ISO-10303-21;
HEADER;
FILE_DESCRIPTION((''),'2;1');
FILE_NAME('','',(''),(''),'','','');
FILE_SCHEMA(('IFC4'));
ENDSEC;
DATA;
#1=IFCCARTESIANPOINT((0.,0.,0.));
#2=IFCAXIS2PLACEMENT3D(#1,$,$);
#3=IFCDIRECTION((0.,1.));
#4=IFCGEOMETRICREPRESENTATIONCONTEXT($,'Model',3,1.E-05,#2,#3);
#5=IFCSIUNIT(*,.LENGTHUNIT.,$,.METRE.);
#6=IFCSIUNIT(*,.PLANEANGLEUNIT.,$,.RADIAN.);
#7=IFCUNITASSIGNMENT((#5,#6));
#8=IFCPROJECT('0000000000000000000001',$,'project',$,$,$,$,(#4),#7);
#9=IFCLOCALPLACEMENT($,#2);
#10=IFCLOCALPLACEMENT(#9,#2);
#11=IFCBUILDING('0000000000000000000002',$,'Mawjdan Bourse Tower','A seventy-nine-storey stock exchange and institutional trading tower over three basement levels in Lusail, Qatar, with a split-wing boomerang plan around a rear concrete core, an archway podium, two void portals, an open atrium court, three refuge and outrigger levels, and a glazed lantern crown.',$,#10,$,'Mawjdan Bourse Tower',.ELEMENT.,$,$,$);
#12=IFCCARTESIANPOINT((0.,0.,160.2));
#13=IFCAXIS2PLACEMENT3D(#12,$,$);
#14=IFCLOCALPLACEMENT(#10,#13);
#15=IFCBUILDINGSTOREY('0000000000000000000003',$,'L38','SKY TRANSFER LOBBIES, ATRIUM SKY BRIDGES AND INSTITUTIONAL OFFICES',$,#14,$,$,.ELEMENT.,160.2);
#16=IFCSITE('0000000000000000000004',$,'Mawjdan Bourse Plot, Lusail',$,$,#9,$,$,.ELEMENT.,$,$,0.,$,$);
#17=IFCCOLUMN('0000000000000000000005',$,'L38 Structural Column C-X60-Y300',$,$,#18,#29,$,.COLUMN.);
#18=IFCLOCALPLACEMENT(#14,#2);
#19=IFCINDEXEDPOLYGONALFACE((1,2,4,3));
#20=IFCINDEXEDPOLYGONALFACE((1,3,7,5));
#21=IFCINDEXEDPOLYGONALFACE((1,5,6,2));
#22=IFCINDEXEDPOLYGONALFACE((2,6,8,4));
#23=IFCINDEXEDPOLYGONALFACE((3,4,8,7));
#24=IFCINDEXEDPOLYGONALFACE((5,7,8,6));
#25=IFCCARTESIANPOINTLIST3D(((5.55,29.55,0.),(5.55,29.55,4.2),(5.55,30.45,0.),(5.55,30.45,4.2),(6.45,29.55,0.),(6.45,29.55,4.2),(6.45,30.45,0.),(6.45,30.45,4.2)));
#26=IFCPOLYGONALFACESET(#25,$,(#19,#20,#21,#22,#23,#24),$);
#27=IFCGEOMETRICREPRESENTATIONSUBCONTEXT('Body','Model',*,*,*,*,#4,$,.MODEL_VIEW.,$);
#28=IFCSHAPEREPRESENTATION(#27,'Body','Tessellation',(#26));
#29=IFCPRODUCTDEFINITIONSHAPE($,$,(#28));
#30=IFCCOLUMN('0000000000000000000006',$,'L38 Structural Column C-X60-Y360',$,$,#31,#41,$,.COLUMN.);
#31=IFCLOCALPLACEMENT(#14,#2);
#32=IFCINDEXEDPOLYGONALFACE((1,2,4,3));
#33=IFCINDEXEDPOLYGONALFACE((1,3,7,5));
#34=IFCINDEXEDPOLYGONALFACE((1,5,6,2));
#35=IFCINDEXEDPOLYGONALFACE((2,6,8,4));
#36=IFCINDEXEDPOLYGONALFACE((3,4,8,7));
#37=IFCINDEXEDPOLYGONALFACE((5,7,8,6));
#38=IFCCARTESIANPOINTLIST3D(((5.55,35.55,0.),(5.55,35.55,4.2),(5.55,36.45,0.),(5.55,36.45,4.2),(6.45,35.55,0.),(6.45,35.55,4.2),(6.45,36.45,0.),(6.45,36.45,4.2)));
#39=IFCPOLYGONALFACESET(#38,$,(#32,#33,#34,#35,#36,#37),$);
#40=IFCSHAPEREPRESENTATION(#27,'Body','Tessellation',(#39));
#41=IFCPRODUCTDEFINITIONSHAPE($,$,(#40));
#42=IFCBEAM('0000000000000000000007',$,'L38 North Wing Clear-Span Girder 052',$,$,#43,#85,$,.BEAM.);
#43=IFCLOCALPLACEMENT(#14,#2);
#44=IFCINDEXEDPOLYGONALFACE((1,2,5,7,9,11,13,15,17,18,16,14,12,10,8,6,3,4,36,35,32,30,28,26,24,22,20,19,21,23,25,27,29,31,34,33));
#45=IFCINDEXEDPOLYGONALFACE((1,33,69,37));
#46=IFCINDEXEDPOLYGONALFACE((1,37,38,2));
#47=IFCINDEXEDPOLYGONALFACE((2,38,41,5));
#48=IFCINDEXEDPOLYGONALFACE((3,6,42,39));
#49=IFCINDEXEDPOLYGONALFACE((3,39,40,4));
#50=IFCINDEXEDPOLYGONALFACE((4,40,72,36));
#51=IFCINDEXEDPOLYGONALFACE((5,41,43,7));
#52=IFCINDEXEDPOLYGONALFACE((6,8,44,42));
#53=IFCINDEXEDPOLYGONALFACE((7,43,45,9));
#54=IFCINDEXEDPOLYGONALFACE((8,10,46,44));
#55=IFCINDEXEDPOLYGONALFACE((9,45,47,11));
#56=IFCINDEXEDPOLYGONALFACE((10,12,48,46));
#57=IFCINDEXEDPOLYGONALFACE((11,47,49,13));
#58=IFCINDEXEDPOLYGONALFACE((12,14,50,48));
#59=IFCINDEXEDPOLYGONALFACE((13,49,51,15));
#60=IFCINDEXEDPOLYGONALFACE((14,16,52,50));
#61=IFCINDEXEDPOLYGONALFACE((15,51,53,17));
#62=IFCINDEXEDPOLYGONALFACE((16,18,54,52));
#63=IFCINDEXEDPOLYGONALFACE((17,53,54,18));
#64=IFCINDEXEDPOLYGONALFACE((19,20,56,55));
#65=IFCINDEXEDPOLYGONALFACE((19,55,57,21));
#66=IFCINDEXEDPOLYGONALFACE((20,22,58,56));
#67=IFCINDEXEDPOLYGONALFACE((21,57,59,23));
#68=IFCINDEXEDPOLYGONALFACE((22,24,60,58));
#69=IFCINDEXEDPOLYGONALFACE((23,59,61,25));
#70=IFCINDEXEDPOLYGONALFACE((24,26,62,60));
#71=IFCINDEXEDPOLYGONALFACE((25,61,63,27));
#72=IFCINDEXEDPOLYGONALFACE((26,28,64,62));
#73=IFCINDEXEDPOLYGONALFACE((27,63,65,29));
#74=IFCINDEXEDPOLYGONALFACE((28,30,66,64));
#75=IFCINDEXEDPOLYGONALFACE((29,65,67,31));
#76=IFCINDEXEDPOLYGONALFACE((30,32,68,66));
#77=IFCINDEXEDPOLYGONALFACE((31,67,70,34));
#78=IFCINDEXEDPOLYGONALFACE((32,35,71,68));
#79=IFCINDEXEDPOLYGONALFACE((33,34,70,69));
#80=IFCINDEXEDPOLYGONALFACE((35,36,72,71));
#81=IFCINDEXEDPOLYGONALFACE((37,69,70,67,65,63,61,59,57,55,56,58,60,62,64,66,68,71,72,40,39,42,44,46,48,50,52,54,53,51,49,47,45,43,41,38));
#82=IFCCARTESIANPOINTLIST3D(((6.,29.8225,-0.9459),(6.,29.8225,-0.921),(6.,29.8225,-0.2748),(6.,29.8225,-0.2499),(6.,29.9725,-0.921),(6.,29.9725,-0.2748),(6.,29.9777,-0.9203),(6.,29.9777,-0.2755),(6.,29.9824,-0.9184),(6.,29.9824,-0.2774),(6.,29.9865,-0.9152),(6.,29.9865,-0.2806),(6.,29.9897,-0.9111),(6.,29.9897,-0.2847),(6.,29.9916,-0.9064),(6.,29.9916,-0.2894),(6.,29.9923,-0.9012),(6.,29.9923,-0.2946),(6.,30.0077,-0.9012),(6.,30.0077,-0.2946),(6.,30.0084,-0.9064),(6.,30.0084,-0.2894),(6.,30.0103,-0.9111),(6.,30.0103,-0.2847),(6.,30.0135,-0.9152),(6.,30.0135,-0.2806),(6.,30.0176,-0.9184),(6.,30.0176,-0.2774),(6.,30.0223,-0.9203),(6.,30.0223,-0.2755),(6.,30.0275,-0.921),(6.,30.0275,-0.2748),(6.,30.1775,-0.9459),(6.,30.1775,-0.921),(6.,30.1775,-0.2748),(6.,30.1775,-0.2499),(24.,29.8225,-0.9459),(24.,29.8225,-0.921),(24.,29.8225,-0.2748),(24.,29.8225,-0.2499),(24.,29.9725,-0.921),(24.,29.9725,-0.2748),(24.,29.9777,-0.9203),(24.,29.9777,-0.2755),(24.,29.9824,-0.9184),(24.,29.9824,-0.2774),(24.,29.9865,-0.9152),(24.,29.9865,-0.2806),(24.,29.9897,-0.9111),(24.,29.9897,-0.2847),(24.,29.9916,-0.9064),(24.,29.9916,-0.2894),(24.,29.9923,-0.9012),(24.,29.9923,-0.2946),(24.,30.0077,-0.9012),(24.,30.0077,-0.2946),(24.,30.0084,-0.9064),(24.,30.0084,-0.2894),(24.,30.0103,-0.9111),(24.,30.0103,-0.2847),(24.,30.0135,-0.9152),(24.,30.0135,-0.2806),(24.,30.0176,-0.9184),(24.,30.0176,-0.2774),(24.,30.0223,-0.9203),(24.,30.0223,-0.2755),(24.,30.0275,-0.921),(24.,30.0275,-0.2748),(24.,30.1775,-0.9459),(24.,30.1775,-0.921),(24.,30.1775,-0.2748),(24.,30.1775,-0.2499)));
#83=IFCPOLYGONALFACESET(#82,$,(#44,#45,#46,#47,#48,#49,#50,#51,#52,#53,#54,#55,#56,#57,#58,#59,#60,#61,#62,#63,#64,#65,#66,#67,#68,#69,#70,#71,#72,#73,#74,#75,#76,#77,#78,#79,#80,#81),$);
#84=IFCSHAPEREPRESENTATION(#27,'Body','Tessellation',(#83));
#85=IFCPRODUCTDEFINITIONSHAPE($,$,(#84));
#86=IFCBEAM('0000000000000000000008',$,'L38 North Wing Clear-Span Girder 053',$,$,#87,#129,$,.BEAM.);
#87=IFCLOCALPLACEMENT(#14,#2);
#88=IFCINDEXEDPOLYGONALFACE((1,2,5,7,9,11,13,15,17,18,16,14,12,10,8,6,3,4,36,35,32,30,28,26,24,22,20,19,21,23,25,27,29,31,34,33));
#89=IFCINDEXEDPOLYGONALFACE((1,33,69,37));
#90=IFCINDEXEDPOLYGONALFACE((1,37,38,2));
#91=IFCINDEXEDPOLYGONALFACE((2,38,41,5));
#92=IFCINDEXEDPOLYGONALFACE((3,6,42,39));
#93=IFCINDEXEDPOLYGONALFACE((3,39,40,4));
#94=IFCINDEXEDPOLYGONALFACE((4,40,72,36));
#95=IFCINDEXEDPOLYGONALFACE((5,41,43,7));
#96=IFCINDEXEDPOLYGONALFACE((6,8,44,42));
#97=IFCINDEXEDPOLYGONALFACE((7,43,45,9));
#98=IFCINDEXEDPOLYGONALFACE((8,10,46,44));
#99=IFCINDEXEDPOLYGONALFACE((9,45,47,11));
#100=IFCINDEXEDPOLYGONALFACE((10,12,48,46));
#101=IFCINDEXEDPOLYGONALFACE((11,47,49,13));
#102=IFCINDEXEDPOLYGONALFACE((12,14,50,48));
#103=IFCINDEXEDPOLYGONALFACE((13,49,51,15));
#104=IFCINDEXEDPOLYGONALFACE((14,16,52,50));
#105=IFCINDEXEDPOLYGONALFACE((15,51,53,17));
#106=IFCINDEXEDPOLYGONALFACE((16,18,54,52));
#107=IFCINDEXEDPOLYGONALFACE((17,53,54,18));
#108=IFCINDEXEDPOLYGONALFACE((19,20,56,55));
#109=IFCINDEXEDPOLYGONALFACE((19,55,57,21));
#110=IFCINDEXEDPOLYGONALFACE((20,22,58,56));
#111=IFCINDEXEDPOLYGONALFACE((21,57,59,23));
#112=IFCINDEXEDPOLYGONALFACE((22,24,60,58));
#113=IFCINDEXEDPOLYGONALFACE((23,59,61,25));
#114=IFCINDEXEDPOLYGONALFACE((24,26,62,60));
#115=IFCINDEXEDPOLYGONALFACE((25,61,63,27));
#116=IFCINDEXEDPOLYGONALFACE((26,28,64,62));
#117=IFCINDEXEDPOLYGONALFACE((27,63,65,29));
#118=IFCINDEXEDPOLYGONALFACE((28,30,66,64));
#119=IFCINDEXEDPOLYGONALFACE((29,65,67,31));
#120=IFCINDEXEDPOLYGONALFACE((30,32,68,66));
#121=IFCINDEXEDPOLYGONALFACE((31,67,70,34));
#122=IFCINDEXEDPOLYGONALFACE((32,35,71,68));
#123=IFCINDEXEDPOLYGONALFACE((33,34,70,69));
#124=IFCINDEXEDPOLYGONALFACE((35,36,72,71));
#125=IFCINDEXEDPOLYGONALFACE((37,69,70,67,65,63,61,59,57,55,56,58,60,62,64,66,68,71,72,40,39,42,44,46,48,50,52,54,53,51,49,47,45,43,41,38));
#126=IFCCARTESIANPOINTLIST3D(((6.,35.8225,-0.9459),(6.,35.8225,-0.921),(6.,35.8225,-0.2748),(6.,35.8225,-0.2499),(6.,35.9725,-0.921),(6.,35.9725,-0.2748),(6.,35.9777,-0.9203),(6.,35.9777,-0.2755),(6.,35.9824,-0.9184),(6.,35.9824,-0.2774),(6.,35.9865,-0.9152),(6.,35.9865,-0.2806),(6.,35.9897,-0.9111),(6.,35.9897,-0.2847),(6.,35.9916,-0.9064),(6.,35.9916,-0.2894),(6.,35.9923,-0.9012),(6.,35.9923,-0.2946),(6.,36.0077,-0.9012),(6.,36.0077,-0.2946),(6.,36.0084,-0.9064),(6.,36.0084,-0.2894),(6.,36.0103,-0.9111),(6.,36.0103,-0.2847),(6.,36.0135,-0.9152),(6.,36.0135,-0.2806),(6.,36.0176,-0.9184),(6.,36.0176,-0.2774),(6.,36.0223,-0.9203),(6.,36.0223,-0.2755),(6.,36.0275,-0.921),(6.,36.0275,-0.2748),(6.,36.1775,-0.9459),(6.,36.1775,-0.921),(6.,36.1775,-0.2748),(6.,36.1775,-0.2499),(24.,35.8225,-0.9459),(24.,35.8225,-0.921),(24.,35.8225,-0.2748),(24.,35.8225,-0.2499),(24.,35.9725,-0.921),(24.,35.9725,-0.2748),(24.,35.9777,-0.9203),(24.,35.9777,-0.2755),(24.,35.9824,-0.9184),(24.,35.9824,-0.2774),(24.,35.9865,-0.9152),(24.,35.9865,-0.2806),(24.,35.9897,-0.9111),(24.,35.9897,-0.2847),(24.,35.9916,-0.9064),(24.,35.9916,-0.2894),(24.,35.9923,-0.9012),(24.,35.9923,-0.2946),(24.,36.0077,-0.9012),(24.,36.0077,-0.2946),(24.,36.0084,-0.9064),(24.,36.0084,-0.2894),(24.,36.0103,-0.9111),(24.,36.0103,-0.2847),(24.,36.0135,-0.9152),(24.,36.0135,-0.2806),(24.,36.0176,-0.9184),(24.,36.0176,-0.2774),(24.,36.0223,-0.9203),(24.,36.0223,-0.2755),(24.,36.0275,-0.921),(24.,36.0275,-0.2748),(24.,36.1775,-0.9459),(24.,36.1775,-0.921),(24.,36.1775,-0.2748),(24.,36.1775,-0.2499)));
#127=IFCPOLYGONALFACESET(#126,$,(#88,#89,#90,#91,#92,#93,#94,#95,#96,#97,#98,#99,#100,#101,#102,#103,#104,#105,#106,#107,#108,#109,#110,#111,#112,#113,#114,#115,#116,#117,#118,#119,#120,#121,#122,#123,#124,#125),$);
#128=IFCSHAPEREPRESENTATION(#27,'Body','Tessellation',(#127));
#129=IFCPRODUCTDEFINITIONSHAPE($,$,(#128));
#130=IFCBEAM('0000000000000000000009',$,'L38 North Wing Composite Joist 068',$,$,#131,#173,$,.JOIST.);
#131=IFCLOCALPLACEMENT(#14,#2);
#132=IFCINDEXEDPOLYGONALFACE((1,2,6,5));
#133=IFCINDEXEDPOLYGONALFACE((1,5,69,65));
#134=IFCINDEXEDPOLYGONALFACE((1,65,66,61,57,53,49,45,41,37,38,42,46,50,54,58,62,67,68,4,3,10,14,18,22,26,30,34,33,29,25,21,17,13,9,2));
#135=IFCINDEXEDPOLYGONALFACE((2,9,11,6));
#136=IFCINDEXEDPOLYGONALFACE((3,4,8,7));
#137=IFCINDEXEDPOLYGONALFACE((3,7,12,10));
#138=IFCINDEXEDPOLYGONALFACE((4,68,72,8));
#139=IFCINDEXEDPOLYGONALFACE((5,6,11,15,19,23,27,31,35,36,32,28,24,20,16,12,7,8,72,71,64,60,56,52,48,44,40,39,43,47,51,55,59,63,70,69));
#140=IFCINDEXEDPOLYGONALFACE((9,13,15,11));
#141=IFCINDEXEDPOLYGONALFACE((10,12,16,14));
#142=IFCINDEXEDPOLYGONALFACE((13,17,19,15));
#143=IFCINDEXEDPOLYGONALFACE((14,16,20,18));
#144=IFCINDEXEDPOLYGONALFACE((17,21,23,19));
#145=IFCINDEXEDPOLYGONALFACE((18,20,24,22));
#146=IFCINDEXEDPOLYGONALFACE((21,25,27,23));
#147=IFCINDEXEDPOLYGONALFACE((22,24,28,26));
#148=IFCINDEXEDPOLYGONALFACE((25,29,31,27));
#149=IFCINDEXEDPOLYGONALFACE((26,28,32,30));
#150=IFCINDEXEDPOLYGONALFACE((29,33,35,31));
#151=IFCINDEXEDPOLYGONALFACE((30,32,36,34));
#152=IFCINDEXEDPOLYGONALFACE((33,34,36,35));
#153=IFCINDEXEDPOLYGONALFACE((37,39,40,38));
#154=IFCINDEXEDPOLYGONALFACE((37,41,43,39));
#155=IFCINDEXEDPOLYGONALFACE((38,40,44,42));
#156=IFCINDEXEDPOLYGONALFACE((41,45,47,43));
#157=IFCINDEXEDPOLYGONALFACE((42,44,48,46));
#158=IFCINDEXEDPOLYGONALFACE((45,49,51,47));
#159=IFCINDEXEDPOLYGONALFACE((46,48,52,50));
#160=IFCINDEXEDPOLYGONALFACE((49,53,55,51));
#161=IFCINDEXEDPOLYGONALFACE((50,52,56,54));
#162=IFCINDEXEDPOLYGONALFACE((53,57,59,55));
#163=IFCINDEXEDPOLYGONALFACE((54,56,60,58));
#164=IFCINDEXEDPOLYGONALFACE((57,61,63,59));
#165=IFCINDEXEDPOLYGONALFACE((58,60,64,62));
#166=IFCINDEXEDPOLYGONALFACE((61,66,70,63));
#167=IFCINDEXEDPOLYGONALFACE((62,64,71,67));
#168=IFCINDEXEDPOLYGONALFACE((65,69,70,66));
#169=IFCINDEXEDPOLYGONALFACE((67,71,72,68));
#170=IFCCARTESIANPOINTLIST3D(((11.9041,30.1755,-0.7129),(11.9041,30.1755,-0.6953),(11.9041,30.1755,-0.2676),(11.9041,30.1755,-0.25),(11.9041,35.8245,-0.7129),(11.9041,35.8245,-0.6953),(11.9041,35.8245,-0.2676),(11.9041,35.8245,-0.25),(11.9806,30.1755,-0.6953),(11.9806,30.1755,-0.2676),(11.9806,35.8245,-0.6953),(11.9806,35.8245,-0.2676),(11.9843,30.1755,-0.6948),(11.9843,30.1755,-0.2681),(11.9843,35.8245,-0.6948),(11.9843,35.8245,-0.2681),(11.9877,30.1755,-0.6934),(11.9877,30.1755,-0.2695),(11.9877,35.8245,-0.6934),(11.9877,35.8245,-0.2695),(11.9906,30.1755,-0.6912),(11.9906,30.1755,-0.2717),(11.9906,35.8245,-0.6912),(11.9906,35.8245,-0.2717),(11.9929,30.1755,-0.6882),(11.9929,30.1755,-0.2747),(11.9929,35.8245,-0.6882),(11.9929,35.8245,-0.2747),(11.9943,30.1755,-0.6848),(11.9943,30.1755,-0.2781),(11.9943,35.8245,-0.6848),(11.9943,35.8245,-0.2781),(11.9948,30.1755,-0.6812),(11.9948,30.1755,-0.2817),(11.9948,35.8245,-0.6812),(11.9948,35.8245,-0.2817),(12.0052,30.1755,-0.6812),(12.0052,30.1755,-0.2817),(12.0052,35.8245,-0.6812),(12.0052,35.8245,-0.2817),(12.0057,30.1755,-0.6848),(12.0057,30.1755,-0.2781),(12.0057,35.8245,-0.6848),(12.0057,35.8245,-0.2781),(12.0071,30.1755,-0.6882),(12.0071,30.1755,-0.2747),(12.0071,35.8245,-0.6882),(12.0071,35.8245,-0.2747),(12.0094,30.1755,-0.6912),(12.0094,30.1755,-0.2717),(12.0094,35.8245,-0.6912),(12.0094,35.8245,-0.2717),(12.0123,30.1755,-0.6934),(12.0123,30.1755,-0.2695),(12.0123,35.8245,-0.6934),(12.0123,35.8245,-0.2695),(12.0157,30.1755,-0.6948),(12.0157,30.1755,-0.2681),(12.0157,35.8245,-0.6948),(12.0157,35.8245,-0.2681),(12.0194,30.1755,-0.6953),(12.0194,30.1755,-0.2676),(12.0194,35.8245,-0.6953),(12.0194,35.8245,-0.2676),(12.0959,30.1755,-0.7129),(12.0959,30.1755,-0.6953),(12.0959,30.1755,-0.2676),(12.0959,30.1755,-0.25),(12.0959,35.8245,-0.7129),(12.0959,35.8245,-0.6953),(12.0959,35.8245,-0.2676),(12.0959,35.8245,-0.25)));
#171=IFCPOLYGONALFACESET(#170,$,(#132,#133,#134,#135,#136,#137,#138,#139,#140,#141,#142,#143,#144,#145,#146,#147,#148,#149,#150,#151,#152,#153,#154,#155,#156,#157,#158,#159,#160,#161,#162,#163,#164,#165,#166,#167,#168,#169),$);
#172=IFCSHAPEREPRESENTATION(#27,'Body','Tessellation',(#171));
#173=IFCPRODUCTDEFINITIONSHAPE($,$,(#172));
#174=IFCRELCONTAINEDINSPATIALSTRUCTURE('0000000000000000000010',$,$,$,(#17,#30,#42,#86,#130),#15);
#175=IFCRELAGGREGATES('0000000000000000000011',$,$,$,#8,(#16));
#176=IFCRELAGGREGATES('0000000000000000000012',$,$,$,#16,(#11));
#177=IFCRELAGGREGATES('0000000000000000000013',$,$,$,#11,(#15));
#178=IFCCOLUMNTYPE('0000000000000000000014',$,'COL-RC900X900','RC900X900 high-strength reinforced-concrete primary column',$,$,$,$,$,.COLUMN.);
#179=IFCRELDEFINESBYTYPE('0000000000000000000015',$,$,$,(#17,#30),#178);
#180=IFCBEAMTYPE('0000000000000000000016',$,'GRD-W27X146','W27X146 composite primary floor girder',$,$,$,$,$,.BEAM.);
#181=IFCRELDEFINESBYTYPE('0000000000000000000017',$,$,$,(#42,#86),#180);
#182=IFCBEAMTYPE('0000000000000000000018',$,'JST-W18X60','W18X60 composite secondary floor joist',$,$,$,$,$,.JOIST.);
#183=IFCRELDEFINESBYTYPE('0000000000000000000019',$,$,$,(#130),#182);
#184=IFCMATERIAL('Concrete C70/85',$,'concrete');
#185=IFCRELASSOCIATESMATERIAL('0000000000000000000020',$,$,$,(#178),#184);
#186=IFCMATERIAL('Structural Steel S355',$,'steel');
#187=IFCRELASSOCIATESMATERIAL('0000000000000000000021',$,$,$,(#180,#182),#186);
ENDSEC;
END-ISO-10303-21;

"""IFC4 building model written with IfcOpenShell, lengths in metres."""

from ifc_helpers import new_model, si_unit, direction, frame, origin, origin_2d, place, context, subcontext, project, spatial, rectangle, i_section, extrude, material, material_profile, profile_set, type_object, element, save


model = new_model("IFC4")

# Units and contexts
model_context = context("Model", 3, precision=1e-05, world=origin(), true_north=direction((0.0, 1.0)))
body_context = subcontext(model_context, "Body", "Model", "MODEL_VIEW")
ifc_project = project(units=[si_unit("LENGTHUNIT", "METRE"), si_unit("PLANEANGLEUNIT", "RADIAN")], contexts=[model_context])

# Site, building, storey
site_placement = place(None, origin())
site = spatial("IfcSite", under=ifc_project, at=site_placement, Name="Mawjdan Bourse Plot, Lusail", CompositionType="ELEMENT", RefElevation=0.0)
building_placement = place(site_placement, origin())
building = spatial("IfcBuilding", under=site, at=building_placement, Name="Mawjdan Bourse Tower", Description="A seventy-nine-storey stock exchange and institutional trading tower over three basement levels in Lusail, Qatar, with a split-wing boomerang plan around a rear concrete core, an archway podium, two void portals, an open atrium court, three refuge and outrigger levels, and a glazed lantern crown.", LongName="Mawjdan Bourse Tower", CompositionType="ELEMENT")
storey_placement = place(building_placement, frame((0.0, 0.0, 160.2)))
storey = spatial("IfcBuildingStorey", under=building, at=storey_placement, Name="L38", Description="SKY TRANSFER LOBBIES, ATRIUM SKY BRIDGES AND INSTITUTIONAL OFFICES", CompositionType="ELEMENT", Elevation=160.2)

# Columns
ifc_material_1 = material(Name="Concrete C70/85", Category="concrete")
ifc_material_profile_1 = material_profile(ifc_material_1, rectangle(XDim=0.8999, YDim=0.8999, at=origin_2d()), Name="RC900X900")
ifc_profile_set_1 = profile_set([ifc_material_profile_1], Name="Concrete C70/85")
column_type = type_object("IfcColumnType", Name="COL-RC900X900", Description="RC900X900 high-strength reinforced-concrete primary column", PredefinedType="COLUMN", material=ifc_profile_set_1)
for number, where, z_axis, x_axis, name in (
    (1, (6.0, 30.0, 0.0), (0.0, 0.0, 1.0), (1.0, 0.0, 0.0), "L38 Structural Column C-X60-Y300"),
    (2, (6.0, 36.0, 0.0), (0.0, 0.0, 1.0), (1.0, 0.0, 0.0), "L38 Structural Column C-X60-Y360"),
):
    element("IfcColumn", number, at=place(storey_placement, frame(where, z_axis=z_axis, x_axis=x_axis)), inside=storey, type_object=column_type, Name=name, PredefinedType="COLUMN", context=body_context, shape_type="SweptSolid", body=[
        extrude(rectangle(XDim=0.8999, YDim=0.8999, at=origin_2d()), origin(), (0.0, 0.0, 1.0), 4.2),
    ])

# Beams
ifc_material_2 = material(Name="Structural Steel S355", Category="steel")
ifc_material_profile_2 = material_profile(ifc_material_2, i_section(OverallWidth=0.355, OverallDepth=0.696, WebThickness=0.0154, FlangeThickness=0.0249, FilletRadius=0.0198, at=origin_2d()), Name="W27X146")
ifc_profile_set_2 = profile_set([ifc_material_profile_2], Name="Structural Steel S355")
beam_type_1 = type_object("IfcBeamType", Name="GRD-W27X146", Description="W27X146 composite primary floor girder", PredefinedType="BEAM", material=ifc_profile_set_2)
for number, where, z_axis, x_axis, name in (
    (3, (6.0, 30.0, -0.5979), (1.0, 0.0, 0.0), (0.0, 1.0, 0.0), "L38 North Wing Clear-Span Girder 052"),
    (4, (6.0, 36.0, -0.5979), (1.0, 0.0, 0.0), (0.0, 1.0, 0.0), "L38 North Wing Clear-Span Girder 053"),
):
    element("IfcBeam", number, at=place(storey_placement, frame(where, z_axis=z_axis, x_axis=x_axis)), inside=storey, type_object=beam_type_1, Name=name, PredefinedType="BEAM", context=body_context, shape_type="SweptSolid", body=[
        extrude(i_section(OverallWidth=0.355, OverallDepth=0.696, WebThickness=0.0154, FlangeThickness=0.0249, FilletRadius=0.0198, at=origin_2d()), origin(), (0.0, 0.0, 1.0), 18.0),
    ])
ifc_material_profile_3 = material_profile(ifc_material_2, i_section(OverallWidth=0.1919, OverallDepth=0.4629, WebThickness=0.0105, FlangeThickness=0.0176, FilletRadius=0.0142, at=origin_2d()), Name="W18X60")
ifc_profile_set_3 = profile_set([ifc_material_profile_3], Name="Structural Steel S355")
beam_type_2 = type_object("IfcBeamType", Name="JST-W18X60", Description="W18X60 composite secondary floor joist", PredefinedType="JOIST", material=ifc_profile_set_3)
beam_1_placement = place(storey_placement, frame((12.0, 30.1755, -0.4814), z_axis=(0.0, 1.0, 0.0), x_axis=(-1.0, 0.0, 0.0)))
element("IfcBeam", 5, at=beam_1_placement, inside=storey, type_object=beam_type_2, Name="L38 North Wing Composite Joist 068", PredefinedType="JOIST", context=body_context, shape_type="SweptSolid", body=[
    extrude(i_section(OverallWidth=0.1919, OverallDepth=0.4629, WebThickness=0.0105, FlangeThickness=0.0176, FilletRadius=0.0142, at=origin_2d()), origin(), (0.0, 0.0, 1.0), 5.6489),
])

save(model, "model.ifc")
